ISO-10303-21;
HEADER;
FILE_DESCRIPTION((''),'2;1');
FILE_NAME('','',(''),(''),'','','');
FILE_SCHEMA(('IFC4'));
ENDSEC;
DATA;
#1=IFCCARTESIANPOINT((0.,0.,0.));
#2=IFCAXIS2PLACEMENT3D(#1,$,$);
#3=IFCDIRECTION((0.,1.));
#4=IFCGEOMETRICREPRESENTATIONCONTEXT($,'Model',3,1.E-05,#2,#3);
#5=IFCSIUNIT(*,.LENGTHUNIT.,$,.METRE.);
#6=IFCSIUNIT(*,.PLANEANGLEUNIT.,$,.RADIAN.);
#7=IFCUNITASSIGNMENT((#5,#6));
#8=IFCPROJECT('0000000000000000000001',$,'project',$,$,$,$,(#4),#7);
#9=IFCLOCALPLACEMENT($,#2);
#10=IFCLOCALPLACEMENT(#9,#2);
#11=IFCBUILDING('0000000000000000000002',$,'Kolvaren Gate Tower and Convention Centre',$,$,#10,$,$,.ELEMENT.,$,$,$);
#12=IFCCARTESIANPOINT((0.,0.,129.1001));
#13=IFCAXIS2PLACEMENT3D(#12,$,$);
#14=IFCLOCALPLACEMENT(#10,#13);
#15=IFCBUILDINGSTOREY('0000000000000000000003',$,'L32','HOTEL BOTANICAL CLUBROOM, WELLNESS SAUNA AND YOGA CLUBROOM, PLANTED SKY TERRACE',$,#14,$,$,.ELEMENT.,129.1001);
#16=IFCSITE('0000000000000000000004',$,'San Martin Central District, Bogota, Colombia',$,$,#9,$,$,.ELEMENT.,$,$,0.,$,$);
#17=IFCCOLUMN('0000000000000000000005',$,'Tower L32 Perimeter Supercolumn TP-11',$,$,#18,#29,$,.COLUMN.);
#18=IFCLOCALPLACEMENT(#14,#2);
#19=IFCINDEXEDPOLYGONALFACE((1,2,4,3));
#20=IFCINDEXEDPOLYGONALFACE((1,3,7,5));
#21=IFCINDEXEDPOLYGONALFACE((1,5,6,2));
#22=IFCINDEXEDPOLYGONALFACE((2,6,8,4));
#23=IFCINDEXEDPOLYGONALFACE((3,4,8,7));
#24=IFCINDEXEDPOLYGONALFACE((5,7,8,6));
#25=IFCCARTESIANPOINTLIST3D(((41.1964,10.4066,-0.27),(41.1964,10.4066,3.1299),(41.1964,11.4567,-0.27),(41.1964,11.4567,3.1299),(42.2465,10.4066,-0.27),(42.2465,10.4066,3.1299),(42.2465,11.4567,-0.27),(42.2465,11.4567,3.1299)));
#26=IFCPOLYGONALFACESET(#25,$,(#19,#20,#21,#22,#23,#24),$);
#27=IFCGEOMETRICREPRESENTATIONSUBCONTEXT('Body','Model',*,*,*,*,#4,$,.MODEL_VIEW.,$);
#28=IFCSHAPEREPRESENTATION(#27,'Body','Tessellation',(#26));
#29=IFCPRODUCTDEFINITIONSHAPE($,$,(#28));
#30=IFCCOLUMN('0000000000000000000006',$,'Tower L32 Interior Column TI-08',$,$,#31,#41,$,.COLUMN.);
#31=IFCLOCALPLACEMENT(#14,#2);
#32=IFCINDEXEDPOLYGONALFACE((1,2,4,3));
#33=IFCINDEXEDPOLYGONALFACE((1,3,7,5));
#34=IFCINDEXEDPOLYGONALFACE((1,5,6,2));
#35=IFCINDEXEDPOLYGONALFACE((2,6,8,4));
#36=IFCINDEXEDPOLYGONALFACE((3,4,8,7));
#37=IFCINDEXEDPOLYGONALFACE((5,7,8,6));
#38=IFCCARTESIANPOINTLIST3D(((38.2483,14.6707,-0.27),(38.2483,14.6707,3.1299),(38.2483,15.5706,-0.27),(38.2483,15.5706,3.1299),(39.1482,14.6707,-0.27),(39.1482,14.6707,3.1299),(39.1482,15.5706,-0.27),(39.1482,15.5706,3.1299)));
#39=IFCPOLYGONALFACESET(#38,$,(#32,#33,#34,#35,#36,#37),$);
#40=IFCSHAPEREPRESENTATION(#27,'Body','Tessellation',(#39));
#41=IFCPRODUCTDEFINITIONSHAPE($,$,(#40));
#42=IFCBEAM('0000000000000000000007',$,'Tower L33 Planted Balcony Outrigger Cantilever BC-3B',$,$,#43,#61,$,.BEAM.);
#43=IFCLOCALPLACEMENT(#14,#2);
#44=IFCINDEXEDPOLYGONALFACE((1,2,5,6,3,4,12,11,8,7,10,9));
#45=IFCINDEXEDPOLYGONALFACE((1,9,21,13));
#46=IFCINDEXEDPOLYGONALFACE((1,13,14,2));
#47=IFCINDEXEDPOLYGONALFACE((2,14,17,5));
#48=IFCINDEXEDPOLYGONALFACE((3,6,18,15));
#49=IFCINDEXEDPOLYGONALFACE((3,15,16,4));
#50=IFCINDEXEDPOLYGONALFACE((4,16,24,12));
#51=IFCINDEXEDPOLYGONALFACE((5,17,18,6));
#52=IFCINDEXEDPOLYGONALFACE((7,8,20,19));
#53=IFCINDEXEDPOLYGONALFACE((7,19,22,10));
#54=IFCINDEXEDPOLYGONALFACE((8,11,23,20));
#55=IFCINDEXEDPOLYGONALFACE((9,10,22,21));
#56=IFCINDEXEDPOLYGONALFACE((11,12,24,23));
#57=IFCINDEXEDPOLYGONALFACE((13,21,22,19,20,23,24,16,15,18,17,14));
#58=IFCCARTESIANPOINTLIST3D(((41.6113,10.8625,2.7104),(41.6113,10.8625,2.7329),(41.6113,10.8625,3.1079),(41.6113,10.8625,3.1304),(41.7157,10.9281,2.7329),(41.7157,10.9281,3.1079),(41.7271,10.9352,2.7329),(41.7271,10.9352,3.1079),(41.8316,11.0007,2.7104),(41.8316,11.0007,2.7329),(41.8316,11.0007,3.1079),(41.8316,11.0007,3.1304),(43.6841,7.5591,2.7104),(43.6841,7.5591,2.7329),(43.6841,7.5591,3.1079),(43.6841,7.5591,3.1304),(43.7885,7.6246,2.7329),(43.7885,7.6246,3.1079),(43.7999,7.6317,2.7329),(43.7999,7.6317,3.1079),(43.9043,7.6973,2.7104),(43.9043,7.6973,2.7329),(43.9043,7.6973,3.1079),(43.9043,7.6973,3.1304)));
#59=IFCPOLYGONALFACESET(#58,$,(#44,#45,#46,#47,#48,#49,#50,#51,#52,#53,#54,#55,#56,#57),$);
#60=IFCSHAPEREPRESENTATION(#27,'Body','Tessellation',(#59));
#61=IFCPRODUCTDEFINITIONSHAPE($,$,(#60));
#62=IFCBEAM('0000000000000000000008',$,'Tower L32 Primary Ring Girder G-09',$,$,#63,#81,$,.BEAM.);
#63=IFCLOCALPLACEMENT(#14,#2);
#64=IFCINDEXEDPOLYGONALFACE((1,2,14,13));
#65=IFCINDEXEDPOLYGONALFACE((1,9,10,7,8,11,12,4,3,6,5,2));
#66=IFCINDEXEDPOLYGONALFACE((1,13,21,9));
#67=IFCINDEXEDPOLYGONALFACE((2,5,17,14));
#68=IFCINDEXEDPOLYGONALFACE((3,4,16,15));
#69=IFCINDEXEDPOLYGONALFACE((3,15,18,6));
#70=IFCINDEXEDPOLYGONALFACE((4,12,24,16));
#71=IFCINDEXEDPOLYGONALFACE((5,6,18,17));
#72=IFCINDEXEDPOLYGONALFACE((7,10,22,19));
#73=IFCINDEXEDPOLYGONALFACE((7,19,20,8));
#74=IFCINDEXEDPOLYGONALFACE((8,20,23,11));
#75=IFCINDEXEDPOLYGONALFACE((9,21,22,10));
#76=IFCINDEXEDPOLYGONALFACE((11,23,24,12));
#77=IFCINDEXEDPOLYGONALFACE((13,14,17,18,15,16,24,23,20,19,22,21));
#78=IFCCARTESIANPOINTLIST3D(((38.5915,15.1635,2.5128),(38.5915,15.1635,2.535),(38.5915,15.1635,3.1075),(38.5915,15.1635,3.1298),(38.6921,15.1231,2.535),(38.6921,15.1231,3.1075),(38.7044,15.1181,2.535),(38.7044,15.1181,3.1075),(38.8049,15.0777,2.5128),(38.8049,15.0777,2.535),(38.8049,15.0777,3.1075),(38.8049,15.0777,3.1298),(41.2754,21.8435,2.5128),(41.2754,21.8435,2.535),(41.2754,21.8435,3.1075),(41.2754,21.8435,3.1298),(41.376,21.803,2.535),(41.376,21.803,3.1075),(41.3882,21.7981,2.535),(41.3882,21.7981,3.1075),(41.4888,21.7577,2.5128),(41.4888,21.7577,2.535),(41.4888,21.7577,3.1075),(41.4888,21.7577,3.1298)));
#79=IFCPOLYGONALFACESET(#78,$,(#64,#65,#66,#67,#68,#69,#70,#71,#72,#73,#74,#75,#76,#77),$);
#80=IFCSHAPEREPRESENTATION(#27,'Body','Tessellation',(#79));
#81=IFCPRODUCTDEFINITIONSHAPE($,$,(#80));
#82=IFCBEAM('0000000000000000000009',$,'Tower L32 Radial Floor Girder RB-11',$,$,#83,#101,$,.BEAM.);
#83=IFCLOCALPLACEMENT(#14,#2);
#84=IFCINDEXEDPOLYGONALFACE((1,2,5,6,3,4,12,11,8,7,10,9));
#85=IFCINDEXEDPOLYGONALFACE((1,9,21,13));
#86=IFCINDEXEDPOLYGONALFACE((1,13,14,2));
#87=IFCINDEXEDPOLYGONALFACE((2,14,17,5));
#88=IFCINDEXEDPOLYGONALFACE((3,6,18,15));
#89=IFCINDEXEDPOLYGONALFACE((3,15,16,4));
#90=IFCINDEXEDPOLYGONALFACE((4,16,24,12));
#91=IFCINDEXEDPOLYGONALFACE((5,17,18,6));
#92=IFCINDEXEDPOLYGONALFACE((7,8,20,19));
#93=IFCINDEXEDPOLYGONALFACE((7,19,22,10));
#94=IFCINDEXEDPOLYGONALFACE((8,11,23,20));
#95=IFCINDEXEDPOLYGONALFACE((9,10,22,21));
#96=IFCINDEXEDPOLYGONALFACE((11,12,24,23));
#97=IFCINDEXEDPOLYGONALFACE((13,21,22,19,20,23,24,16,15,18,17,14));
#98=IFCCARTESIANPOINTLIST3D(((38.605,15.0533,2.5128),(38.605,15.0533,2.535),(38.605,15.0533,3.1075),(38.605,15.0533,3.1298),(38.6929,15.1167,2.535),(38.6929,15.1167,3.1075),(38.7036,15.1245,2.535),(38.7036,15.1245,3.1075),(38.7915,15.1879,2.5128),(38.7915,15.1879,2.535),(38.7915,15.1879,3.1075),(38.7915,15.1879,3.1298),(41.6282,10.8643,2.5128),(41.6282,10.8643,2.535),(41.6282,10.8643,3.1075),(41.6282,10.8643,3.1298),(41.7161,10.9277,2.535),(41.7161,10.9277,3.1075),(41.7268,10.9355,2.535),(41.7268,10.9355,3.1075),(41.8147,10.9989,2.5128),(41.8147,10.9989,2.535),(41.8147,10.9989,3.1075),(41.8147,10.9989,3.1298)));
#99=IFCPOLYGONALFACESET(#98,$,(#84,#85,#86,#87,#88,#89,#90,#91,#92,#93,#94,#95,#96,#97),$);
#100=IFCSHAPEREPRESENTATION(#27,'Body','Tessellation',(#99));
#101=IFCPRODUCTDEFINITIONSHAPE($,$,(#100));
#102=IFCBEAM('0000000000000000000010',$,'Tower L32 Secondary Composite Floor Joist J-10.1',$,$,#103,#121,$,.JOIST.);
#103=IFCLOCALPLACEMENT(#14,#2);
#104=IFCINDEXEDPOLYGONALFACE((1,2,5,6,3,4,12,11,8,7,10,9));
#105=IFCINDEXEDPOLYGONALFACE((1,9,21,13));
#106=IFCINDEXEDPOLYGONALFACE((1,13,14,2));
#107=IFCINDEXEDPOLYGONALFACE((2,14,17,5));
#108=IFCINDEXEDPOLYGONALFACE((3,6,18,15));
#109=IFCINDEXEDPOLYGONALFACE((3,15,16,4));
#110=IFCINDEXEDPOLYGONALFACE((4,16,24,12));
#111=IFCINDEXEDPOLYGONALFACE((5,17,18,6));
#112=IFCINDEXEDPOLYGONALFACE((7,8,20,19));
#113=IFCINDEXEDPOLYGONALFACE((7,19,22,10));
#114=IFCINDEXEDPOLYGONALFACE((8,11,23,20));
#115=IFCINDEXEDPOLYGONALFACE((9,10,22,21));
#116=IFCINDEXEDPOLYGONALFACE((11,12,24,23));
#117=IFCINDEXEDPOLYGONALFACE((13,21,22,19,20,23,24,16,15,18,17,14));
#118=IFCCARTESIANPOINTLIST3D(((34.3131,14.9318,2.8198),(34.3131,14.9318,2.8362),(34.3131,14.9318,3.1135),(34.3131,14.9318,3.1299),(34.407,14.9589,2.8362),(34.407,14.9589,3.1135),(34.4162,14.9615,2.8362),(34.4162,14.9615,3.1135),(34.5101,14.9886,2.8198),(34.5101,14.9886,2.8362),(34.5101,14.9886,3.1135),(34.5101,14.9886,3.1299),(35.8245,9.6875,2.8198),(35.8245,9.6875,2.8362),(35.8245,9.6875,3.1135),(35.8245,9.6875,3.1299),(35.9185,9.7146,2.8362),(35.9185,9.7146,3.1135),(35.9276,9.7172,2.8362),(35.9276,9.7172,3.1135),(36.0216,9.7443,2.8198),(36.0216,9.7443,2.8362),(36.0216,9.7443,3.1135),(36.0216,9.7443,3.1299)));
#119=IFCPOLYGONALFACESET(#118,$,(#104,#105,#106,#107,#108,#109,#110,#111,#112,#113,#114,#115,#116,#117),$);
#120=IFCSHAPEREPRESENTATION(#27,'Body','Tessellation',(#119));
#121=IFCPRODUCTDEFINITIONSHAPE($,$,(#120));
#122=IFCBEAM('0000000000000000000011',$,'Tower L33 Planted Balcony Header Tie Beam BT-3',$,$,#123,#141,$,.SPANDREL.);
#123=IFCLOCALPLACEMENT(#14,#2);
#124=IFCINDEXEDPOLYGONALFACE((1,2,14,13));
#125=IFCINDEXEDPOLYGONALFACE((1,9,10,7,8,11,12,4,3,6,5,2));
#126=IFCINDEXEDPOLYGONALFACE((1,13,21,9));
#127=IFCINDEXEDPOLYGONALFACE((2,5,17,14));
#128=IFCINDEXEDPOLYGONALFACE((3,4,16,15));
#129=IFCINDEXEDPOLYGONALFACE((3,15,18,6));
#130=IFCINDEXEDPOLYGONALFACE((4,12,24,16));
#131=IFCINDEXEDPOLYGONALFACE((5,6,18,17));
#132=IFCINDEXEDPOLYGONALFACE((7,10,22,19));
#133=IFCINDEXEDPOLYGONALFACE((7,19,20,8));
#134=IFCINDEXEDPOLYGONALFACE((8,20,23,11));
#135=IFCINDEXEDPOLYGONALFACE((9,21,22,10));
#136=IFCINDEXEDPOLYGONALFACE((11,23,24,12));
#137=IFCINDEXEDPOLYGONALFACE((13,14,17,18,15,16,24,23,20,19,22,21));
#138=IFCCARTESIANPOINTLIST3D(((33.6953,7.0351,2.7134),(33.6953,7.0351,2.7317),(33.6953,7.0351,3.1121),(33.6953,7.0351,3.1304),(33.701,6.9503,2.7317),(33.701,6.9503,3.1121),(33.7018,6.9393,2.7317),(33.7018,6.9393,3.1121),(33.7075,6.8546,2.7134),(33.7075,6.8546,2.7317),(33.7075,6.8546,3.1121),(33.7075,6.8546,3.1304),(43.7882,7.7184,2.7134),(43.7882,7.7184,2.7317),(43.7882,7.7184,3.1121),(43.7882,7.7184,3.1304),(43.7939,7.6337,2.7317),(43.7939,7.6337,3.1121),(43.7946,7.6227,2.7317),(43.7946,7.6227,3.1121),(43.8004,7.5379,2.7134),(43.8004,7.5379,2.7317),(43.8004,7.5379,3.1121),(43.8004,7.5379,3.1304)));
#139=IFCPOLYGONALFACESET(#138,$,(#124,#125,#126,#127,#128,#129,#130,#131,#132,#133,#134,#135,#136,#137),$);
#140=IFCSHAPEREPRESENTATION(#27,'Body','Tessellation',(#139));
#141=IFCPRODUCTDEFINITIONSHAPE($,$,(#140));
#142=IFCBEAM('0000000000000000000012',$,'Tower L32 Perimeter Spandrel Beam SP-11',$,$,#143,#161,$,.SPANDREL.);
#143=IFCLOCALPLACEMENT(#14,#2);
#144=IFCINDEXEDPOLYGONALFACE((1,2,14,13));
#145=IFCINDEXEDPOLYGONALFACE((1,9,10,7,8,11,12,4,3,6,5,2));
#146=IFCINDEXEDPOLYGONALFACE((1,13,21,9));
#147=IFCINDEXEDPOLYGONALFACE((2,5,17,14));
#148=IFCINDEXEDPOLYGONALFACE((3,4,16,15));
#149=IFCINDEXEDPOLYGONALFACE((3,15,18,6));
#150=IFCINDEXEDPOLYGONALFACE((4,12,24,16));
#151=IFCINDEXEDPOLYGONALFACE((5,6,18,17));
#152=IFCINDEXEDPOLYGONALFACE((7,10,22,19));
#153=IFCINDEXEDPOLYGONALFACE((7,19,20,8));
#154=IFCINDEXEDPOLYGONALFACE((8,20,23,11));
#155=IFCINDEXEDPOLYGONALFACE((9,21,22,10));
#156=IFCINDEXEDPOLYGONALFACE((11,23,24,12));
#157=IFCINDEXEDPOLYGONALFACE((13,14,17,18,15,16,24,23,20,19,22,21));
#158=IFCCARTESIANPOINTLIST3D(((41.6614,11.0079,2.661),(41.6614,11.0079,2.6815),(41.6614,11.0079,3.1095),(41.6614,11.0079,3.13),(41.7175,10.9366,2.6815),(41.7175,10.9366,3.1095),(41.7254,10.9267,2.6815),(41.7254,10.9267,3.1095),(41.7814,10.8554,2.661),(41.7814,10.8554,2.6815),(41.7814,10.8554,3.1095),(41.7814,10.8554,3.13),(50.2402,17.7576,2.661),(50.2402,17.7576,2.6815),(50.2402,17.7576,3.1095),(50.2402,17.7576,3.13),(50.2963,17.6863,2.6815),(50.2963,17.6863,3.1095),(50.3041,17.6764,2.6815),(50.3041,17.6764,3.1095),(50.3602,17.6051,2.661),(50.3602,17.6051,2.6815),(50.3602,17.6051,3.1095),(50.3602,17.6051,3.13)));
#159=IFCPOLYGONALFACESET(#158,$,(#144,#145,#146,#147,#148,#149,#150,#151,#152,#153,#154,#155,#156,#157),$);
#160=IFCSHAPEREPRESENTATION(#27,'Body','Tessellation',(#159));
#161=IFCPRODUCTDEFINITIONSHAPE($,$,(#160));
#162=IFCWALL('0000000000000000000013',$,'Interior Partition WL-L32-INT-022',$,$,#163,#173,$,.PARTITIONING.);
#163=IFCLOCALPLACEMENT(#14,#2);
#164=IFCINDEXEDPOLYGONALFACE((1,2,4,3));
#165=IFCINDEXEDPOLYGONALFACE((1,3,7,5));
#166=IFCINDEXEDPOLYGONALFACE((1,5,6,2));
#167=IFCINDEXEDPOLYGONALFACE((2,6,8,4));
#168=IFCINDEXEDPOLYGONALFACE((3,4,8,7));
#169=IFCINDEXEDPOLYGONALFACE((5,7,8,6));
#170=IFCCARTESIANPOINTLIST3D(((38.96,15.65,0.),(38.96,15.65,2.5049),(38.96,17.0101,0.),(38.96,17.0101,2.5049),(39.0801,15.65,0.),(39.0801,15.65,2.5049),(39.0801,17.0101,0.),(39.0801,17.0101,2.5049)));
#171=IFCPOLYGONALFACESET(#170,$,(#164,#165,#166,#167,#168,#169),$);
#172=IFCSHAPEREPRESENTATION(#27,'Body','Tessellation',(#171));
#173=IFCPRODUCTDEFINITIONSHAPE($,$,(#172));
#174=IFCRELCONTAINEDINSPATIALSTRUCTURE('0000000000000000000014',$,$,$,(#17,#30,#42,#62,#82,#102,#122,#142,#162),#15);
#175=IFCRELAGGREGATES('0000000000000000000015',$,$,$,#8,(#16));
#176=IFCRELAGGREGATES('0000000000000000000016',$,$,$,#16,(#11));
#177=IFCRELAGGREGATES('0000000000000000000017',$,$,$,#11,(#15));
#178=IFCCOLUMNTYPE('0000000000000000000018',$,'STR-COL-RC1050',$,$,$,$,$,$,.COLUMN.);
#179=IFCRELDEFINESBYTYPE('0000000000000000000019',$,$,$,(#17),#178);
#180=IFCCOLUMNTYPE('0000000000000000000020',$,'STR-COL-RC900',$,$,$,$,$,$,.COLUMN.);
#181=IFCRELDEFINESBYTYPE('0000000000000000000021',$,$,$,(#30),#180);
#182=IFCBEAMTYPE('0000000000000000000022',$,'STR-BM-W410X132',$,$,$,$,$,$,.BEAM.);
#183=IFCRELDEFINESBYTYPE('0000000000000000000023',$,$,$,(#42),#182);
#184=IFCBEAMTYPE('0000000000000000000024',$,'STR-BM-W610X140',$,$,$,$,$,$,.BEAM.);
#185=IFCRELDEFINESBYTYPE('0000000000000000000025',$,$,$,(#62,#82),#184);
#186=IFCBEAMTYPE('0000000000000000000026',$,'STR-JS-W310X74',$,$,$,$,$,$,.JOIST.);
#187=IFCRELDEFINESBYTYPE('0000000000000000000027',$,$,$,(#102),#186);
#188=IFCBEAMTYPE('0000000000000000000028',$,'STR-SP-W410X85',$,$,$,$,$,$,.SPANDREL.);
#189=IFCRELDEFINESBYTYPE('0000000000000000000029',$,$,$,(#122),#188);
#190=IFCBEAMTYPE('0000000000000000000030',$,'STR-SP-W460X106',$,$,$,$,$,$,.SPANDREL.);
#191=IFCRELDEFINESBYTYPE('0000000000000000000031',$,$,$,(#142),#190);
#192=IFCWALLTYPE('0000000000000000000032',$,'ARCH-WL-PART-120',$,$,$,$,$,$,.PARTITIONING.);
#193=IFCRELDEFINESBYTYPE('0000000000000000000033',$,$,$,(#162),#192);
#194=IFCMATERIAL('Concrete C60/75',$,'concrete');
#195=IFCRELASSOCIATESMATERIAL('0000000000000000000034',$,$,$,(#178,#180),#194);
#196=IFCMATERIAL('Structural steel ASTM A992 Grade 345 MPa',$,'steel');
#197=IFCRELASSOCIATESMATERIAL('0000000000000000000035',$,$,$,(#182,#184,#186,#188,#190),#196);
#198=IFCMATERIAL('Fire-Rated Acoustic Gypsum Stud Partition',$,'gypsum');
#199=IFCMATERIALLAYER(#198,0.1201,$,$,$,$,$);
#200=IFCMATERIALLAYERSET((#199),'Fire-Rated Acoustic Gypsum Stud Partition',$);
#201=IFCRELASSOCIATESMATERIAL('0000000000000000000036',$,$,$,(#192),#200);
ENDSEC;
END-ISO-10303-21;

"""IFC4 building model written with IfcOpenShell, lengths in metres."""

from ifc_helpers import new_model, si_unit, direction, frame, frame_2d, origin, origin_2d, place, context, subcontext, project, spatial, rectangle, i_section, extrude, material, layer, layer_set, material_profile, profile_set, type_object, element, save


model = new_model("IFC4")

# Units and contexts
model_context = context("Model", 3, precision=1e-05, world=origin(), true_north=direction((0.0, 1.0)))
body_context = subcontext(model_context, "Body", "Model", "MODEL_VIEW")
ifc_project = project(units=[si_unit("LENGTHUNIT", "METRE"), si_unit("PLANEANGLEUNIT", "RADIAN")], contexts=[model_context])

# Site, building, storey
site_placement = place(None, origin())
site = spatial("IfcSite", under=ifc_project, at=site_placement, Name="San Martin Central District, Bogota, Colombia", CompositionType="ELEMENT", RefElevation=0.0)
building_placement = place(site_placement, origin())
building = spatial("IfcBuilding", under=site, at=building_placement, Name="Kolvaren Gate Tower and Convention Centre", CompositionType="ELEMENT")
storey_placement = place(building_placement, frame((0.0, 0.0, 129.1001)))
storey = spatial("IfcBuildingStorey", under=building, at=storey_placement, Name="L32", Description="HOTEL BOTANICAL CLUBROOM, WELLNESS SAUNA AND YOGA CLUBROOM, PLANTED SKY TERRACE", CompositionType="ELEMENT", Elevation=129.1001)

# Columns
ifc_material_1 = material(Name="Concrete C60/75", Category="concrete")
ifc_material_profile_1 = material_profile(ifc_material_1, rectangle(XDim=1.05, YDim=1.05, at=origin_2d()), Name="RC-COL-1050X1050")
ifc_profile_set_1 = profile_set([ifc_material_profile_1], Name="Concrete C60/75")
column_type_1 = type_object("IfcColumnType", Name="STR-COL-RC1050", PredefinedType="COLUMN", material=ifc_profile_set_1)
column_1_placement = place(storey_placement, frame((41.7214, 10.9316, -0.27), z_axis=(0.0, 0.0, 1.0), x_axis=(1.0, 0.0, 0.0)))
element("IfcColumn", 1, at=column_1_placement, inside=storey, type_object=column_type_1, Name="Tower L32 Perimeter Supercolumn TP-11", PredefinedType="COLUMN", context=body_context, shape_type="SweptSolid", body=[
    extrude(rectangle(XDim=1.05, YDim=1.05, at=origin_2d()), origin(), (0.0, 0.0, 1.0), 3.3999),
])
ifc_material_profile_2 = material_profile(ifc_material_1, rectangle(XDim=0.8999, YDim=0.8999, at=origin_2d()), Name="RC-COL-900X900")
ifc_profile_set_2 = profile_set([ifc_material_profile_2], Name="Concrete C60/75")
column_type_2 = type_object("IfcColumnType", Name="STR-COL-RC900", PredefinedType="COLUMN", material=ifc_profile_set_2)
column_2_placement = place(storey_placement, frame((38.6982, 15.1206, -0.27), z_axis=(0.0, 0.0, 1.0), x_axis=(1.0, 0.0, 0.0)))
element("IfcColumn", 2, at=column_2_placement, inside=storey, type_object=column_type_2, Name="Tower L32 Interior Column TI-08", PredefinedType="COLUMN", context=body_context, shape_type="SweptSolid", body=[
    extrude(rectangle(XDim=0.8999, YDim=0.8999, at=origin_2d()), origin(), (0.0, 0.0, 1.0), 3.3999),
])

# Beams
ifc_material_2 = material(Name="Structural steel ASTM A992 Grade 345 MPa", Category="steel")
ifc_material_profile_3 = material_profile(ifc_material_2, i_section(OverallWidth=0.26, OverallDepth=0.4199, WebThickness=0.0134, FlangeThickness=0.0225, at=origin_2d()), Name="W410X132")
ifc_profile_set_3 = profile_set([ifc_material_profile_3], Name="Structural steel ASTM A992 Grade 345 MPa")
beam_type_1 = type_object("IfcBeamType", Name="STR-BM-W410X132", PredefinedType="BEAM", material=ifc_profile_set_3)
beam_1_placement = place(storey_placement, frame((41.7214, 10.9316, 2.9204), z_axis=(0.531489, -0.847065, 0.0), x_axis=(0.847065, 0.531489, 0.0)))
element("IfcBeam", 3, at=beam_1_placement, inside=storey, type_object=beam_type_1, Name="Tower L33 Planted Balcony Outrigger Cantilever BC-3B", PredefinedType="BEAM", context=body_context, shape_type="SweptSolid", body=[
    extrude(i_section(OverallWidth=0.26, OverallDepth=0.4199, WebThickness=0.0134, FlangeThickness=0.0225, at=origin_2d()), origin(), (0.0, 0.0, 1.0), 3.8999),
])
ifc_material_profile_4 = material_profile(ifc_material_2, i_section(OverallWidth=0.23, OverallDepth=0.6169, WebThickness=0.0132, FlangeThickness=0.0222, at=origin_2d()), Name="W610X140")
ifc_profile_set_4 = profile_set([ifc_material_profile_4], Name="Structural steel ASTM A992 Grade 345 MPa")
beam_type_2 = type_object("IfcBeamType", Name="STR-BM-W610X140", PredefinedType="BEAM", material=ifc_profile_set_4)
beam_2_placement = place(storey_placement, frame((38.6982, 15.1206, 2.8213), z_axis=(0.372811, 0.927907, 0.0), x_axis=(-0.927907, 0.372811, 0.0)))
element("IfcBeam", 4, at=beam_2_placement, inside=storey, type_object=beam_type_2, Name="Tower L32 Primary Ring Girder G-09", PredefinedType="BEAM", context=body_context, shape_type="SweptSolid", body=[
    extrude(i_section(OverallWidth=0.23, OverallDepth=0.6169, WebThickness=0.0132, FlangeThickness=0.0222, at=origin_2d()), origin(), (0.0, 0.0, 1.0), 7.199),
])
beam_3_placement = place(storey_placement, frame((38.6982, 15.1206, 2.8213), z_axis=(0.585214, -0.810879, 0.0), x_axis=(0.810879, 0.585214, 0.0)))
element("IfcBeam", 5, at=beam_3_placement, inside=storey, type_object=beam_type_2, Name="Tower L32 Radial Floor Girder RB-11", PredefinedType="BEAM", context=body_context, shape_type="SweptSolid", body=[
    extrude(i_section(OverallWidth=0.23, OverallDepth=0.6169, WebThickness=0.0132, FlangeThickness=0.0222, at=origin_2d()), origin(), (0.0, 0.0, 1.0), 5.166),
])
ifc_material_profile_5 = material_profile(ifc_material_2, i_section(OverallWidth=0.2051, OverallDepth=0.3101, WebThickness=0.0095, FlangeThickness=0.0164, at=origin_2d()), Name="W310X74")
ifc_profile_set_5 = profile_set([ifc_material_profile_5], Name="Structural steel ASTM A992 Grade 345 MPa")
beam_type_3 = type_object("IfcBeamType", Name="STR-JS-W310X74", PredefinedType="JOIST", material=ifc_profile_set_5)
beam_4_placement = place(storey_placement, frame((34.4116, 14.9602, 2.9749), z_axis=(0.276936, -0.960888, 0.0), x_axis=(0.960888, 0.276936, 0.0)))
element("IfcBeam", 6, at=beam_4_placement, inside=storey, type_object=beam_type_3, Name="Tower L32 Secondary Composite Floor Joist J-10.1", PredefinedType="JOIST", context=body_context, shape_type="SweptSolid", body=[
    extrude(i_section(OverallWidth=0.2051, OverallDepth=0.3101, WebThickness=0.0095, FlangeThickness=0.0164, at=origin_2d()), origin(), (0.0, 0.0, 1.0), 5.4578),
])
ifc_material_profile_6 = material_profile(ifc_material_2, i_section(OverallWidth=0.1809, OverallDepth=0.417, WebThickness=0.011, FlangeThickness=0.0183, at=origin_2d()), Name="W410X85")
ifc_profile_set_6 = profile_set([ifc_material_profile_6], Name="Structural steel ASTM A992 Grade 345 MPa")
beam_type_4 = type_object("IfcBeamType", Name="STR-SP-W410X85", PredefinedType="SPANDREL", material=ifc_profile_set_6)
beam_5_placement = place(storey_placement, frame((33.7014, 6.9448, 2.9219), z_axis=(0.997716, 0.067552, 0.0), x_axis=(-0.067552, 0.997716, 0.0)))
element("IfcBeam", 7, at=beam_5_placement, inside=storey, type_object=beam_type_4, Name="Tower L33 Planted Balcony Header Tie Beam BT-3", PredefinedType="SPANDREL", context=body_context, shape_type="SweptSolid", body=[
    extrude(i_section(OverallWidth=0.1809, OverallDepth=0.417, WebThickness=0.011, FlangeThickness=0.0183, at=origin_2d()), origin(), (0.0, 0.0, 1.0), 10.116),
])
ifc_material_profile_7 = material_profile(ifc_material_2, i_section(OverallWidth=0.1941, OverallDepth=0.469, WebThickness=0.0127, FlangeThickness=0.0205, at=origin_2d()), Name="W460X106")
ifc_profile_set_7 = profile_set([ifc_material_profile_7], Name="Structural steel ASTM A992 Grade 345 MPa")
beam_type_5 = type_object("IfcBeamType", Name="STR-SP-W460X106", PredefinedType="SPANDREL", material=ifc_profile_set_7)
beam_6_placement = place(storey_placement, frame((41.7214, 10.9316, 2.8955), z_axis=(0.785908, 0.618344, 0.0), x_axis=(-0.618344, 0.785908, 0.0)))
element("IfcBeam", 8, at=beam_6_placement, inside=storey, type_object=beam_type_5, Name="Tower L32 Perimeter Spandrel Beam SP-11", PredefinedType="SPANDREL", context=body_context, shape_type="SweptSolid", body=[
    extrude(i_section(OverallWidth=0.1941, OverallDepth=0.469, WebThickness=0.0127, FlangeThickness=0.0205, at=origin_2d()), origin(), (0.0, 0.0, 1.0), 10.9158),
])

# Wall
ifc_material_3 = material(Name="Fire-Rated Acoustic Gypsum Stud Partition", Category="gypsum")
ifc_layer_1 = layer(ifc_material_3, 0.1201)
ifc_layer_set_1 = layer_set([ifc_layer_1], Name="Fire-Rated Acoustic Gypsum Stud Partition")
wall_type_1 = type_object("IfcWallType", Name="ARCH-WL-PART-120", PredefinedType="PARTITIONING", material=ifc_layer_set_1)
wall_1_placement = place(storey_placement, frame((39.02, 15.6499, 0.0), z_axis=(0.0, 0.0, 1.0), x_axis=(0.0, 1.0, 0.0)))
element("IfcWall", 9, at=wall_1_placement, inside=storey, type_object=wall_type_1, Name="Interior Partition WL-L32-INT-022", PredefinedType="PARTITIONING", context=body_context, shape_type="SweptSolid", body=[
    extrude(rectangle(XDim=1.3601, YDim=0.1201, at=frame_2d((0.6802, 0.0))), origin(), (0.0, 0.0, 1.0), 2.5049),
])

save(model, "model.ifc")
